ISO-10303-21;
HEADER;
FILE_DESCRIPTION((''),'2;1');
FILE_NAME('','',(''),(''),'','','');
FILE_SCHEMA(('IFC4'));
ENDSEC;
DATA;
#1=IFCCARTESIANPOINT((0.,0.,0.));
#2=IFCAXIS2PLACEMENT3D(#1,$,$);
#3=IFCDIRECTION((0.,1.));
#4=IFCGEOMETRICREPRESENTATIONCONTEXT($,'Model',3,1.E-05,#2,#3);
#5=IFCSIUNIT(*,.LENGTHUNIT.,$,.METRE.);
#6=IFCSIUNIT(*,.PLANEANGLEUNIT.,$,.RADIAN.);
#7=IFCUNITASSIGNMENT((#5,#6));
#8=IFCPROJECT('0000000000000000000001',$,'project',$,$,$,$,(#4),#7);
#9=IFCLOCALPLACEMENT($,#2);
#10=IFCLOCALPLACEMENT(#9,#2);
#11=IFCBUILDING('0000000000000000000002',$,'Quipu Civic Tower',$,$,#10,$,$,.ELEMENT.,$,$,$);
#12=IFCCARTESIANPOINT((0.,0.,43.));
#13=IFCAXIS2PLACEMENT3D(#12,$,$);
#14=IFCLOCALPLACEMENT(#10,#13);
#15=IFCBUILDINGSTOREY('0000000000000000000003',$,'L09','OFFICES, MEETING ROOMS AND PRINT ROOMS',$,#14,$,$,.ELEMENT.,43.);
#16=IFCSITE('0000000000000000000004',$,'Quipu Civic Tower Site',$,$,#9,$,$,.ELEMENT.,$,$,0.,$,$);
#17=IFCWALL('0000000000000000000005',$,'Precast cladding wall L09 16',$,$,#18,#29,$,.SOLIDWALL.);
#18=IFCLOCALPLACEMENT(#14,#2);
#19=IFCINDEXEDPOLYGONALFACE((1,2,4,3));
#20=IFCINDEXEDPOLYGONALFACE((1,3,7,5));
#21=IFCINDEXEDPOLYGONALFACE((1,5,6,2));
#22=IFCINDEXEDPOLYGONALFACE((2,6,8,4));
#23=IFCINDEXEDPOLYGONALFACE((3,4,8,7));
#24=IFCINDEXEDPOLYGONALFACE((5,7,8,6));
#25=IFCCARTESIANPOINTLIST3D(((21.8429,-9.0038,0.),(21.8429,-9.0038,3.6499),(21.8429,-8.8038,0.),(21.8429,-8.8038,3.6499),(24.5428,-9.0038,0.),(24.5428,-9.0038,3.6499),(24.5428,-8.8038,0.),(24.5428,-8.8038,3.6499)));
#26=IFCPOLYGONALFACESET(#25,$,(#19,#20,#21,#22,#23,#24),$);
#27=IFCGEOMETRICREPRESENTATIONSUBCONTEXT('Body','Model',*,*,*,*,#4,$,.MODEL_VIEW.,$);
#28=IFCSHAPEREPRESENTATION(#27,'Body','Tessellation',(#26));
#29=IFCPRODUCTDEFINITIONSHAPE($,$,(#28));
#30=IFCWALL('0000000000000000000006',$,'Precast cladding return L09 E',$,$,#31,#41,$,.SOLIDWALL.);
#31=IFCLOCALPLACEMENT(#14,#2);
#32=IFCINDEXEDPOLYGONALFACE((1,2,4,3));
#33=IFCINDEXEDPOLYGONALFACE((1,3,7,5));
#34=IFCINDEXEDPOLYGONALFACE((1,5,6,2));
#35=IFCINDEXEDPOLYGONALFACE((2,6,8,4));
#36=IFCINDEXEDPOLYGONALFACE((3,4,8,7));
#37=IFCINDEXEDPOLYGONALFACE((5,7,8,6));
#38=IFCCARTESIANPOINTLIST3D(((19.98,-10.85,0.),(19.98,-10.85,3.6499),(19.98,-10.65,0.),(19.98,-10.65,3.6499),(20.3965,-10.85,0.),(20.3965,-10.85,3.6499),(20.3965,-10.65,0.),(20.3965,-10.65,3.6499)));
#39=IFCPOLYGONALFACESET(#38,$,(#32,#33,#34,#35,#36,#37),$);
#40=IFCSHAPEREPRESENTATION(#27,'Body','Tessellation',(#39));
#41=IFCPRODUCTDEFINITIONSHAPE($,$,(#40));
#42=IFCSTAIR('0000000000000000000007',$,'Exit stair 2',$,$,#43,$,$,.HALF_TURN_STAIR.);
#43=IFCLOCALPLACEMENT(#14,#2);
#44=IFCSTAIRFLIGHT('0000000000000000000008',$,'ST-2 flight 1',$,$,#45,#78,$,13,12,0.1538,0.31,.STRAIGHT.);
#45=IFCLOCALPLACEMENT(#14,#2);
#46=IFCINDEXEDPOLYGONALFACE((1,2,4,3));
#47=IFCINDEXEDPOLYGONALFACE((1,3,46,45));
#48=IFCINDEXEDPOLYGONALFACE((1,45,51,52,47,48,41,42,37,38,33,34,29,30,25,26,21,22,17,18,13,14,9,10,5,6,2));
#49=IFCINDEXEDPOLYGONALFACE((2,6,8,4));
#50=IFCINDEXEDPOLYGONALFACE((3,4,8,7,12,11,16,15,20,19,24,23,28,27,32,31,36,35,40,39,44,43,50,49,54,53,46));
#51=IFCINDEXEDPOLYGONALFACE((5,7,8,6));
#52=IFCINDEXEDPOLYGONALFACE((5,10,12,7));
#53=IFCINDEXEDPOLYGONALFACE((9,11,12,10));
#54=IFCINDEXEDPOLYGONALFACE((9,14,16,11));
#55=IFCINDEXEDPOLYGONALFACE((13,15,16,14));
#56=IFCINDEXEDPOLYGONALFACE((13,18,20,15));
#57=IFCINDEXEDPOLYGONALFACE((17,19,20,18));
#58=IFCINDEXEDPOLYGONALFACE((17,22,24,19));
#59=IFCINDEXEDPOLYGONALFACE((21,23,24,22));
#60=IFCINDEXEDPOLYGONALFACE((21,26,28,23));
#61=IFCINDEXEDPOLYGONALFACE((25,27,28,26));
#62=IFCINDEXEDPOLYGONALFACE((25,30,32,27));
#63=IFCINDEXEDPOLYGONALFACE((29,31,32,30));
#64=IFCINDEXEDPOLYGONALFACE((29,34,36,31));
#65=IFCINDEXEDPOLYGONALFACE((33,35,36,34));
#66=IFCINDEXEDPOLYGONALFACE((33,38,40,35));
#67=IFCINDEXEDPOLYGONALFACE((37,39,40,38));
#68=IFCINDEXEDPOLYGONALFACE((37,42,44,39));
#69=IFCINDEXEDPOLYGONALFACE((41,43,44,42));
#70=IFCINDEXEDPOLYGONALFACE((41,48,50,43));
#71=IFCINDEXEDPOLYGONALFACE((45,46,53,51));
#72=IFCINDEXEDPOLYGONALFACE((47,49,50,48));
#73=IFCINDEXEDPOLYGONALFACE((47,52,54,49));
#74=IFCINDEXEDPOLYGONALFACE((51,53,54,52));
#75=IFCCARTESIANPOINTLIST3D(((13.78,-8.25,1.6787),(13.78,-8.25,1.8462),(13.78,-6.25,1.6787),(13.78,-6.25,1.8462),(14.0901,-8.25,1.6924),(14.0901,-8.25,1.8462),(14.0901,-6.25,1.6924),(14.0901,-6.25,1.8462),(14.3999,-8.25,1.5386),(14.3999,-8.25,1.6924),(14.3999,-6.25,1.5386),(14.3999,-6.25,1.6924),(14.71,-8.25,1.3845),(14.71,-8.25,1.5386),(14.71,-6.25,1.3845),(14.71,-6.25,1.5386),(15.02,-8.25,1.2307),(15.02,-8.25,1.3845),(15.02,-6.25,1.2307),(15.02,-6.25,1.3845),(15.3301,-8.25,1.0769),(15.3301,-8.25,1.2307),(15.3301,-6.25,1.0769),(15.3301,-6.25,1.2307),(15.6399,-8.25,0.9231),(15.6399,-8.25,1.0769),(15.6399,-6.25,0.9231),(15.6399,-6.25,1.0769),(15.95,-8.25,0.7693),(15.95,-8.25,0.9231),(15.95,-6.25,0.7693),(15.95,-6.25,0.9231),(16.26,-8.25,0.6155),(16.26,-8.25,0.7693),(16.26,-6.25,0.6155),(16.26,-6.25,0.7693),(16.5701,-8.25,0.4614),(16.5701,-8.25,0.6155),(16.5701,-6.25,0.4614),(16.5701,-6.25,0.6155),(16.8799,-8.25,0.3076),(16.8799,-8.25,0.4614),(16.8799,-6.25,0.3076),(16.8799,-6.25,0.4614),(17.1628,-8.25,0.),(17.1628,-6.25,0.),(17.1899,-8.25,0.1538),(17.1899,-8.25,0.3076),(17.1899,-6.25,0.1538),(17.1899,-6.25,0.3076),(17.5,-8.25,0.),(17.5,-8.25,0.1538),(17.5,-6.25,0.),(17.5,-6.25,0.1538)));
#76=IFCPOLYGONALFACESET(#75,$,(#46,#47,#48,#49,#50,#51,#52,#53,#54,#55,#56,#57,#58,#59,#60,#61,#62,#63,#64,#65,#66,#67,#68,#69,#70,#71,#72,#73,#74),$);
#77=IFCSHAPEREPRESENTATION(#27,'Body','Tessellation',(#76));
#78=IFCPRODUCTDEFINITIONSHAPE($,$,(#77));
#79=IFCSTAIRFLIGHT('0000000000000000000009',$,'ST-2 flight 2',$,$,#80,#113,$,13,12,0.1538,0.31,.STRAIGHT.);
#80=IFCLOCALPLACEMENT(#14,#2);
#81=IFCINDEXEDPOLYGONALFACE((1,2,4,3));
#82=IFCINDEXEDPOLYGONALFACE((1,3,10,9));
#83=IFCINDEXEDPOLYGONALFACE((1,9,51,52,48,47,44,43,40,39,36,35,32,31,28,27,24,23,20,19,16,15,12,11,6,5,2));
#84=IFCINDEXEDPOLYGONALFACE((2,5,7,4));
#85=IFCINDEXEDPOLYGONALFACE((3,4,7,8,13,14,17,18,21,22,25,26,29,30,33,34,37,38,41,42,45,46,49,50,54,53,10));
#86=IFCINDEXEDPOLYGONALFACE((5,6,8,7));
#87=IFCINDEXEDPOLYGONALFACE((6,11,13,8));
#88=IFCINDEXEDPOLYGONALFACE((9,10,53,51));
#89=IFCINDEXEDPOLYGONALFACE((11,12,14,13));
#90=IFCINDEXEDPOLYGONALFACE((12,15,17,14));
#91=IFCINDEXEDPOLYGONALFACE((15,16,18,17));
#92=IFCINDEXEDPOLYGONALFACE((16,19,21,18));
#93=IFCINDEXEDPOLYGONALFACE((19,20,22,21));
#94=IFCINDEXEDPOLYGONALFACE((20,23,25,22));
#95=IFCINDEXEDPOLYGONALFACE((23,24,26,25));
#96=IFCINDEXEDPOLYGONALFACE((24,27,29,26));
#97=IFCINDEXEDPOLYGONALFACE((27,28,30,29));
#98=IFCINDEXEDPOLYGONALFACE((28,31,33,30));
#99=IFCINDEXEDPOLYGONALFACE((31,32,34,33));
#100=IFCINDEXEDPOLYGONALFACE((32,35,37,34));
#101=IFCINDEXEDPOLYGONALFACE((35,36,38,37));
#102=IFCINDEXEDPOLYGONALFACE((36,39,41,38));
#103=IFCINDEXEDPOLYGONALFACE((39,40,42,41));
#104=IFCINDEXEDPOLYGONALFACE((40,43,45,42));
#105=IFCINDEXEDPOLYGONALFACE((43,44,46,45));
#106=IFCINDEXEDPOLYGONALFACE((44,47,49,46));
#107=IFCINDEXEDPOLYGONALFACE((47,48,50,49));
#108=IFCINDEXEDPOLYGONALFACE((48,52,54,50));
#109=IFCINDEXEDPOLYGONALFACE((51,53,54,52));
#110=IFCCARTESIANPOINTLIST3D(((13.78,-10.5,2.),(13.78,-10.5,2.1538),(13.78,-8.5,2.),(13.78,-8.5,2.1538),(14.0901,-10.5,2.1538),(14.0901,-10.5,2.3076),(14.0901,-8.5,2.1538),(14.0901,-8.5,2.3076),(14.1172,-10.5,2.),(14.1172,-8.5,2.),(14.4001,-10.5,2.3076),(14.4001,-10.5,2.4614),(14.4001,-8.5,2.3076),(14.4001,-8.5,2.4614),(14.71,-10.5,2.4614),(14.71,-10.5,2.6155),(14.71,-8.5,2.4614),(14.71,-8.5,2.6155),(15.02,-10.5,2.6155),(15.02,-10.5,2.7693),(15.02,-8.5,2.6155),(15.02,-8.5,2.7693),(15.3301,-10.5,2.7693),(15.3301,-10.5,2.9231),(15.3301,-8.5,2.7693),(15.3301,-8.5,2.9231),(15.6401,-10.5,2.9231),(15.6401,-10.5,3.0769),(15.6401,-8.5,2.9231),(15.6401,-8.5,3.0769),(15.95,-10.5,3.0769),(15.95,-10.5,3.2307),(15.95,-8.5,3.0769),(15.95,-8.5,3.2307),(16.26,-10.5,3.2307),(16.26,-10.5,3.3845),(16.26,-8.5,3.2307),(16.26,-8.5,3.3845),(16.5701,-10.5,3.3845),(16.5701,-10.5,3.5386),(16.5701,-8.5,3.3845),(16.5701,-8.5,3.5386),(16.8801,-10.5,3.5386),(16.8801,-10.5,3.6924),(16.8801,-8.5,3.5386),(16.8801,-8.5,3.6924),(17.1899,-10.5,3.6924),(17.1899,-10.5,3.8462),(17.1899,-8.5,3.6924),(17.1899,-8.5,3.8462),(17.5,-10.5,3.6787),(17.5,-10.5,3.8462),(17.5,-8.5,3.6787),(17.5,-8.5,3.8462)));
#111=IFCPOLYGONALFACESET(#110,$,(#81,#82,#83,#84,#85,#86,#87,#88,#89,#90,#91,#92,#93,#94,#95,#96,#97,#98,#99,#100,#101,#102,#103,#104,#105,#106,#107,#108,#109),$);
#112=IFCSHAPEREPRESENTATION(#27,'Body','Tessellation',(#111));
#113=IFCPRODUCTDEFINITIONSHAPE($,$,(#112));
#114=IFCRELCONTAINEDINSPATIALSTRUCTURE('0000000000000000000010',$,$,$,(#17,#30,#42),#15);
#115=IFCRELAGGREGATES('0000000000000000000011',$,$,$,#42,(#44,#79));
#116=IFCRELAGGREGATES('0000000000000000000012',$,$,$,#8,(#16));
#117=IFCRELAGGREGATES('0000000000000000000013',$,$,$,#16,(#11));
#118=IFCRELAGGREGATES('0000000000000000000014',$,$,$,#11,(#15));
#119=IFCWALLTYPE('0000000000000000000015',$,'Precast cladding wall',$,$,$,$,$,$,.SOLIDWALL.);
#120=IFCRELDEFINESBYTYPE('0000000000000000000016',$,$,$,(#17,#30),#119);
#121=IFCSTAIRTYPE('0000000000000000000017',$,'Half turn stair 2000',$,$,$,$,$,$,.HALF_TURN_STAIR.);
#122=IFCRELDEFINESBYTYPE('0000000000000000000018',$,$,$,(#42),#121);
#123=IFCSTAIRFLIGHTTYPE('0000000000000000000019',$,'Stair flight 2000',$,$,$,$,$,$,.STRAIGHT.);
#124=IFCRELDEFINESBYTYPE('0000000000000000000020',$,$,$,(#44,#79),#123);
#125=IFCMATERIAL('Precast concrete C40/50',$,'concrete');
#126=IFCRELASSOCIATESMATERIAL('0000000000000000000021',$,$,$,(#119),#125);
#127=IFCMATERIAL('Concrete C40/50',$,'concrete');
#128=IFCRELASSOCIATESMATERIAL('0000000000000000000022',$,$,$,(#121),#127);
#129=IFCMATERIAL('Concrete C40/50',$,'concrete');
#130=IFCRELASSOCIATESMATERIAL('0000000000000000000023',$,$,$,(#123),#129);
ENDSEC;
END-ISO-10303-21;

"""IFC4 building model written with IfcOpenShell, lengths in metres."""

from ifc_helpers import new_model, si_unit, direction, frame, frame_2d, origin, place, context, subcontext, project, spatial, polyline, rectangle, outline, extrude, material, type_object, element, aggregate, save


model = new_model("IFC4")

# Units and contexts
model_context = context("Model", 3, precision=1e-05, world=origin(), true_north=direction((0.0, 1.0)))
body_context = subcontext(model_context, "Body", "Model", "MODEL_VIEW")
ifc_project = project(units=[si_unit("LENGTHUNIT", "METRE"), si_unit("PLANEANGLEUNIT", "RADIAN")], contexts=[model_context])

# Site, building, storey
site_placement = place(None, origin())
site = spatial("IfcSite", under=ifc_project, at=site_placement, Name="Quipu Civic Tower Site", CompositionType="ELEMENT", RefElevation=0.0)
building_placement = place(site_placement, origin())
building = spatial("IfcBuilding", under=site, at=building_placement, Name="Quipu Civic Tower", CompositionType="ELEMENT")
storey_placement = place(building_placement, frame((0.0, 0.0, 43.0)))
storey = spatial("IfcBuildingStorey", under=building, at=storey_placement, Name="L09", Description="OFFICES, MEETING ROOMS AND PRINT ROOMS", CompositionType="ELEMENT", Elevation=43.0)

# Walls
ifc_material_1 = material(Name="Precast concrete C40/50", Category="concrete")
wall_type_1 = type_object("IfcWallType", Name="Precast cladding wall", PredefinedType="SOLIDWALL", material=ifc_material_1)
wall_1_placement = place(storey_placement, frame((21.8428, -8.9038, 0.0), z_axis=(0.0, 0.0, 1.0), x_axis=(1.0, 0.0, 0.0)))
element("IfcWall", 1, at=wall_1_placement, inside=storey, type_object=wall_type_1, Name="Precast cladding wall L09 16", PredefinedType="SOLIDWALL", context=body_context, shape_type="SweptSolid", body=[
    extrude(rectangle(XDim=2.7, YDim=0.2, at=frame_2d((1.3501, 0.0))), origin(), (0.0, 0.0, 1.0), 3.6499),
])
wall_2_placement = place(storey_placement, frame((19.98, -10.75, 0.0), z_axis=(0.0, 0.0, 1.0), x_axis=(1.0, 0.0, 0.0)))
element("IfcWall", 2, at=wall_2_placement, inside=storey, type_object=wall_type_1, Name="Precast cladding return L09 E", PredefinedType="SOLIDWALL", context=body_context, shape_type="SweptSolid", body=[
    extrude(rectangle(XDim=0.4165, YDim=0.2, at=frame_2d((0.2083, 0.0))), origin(), (0.0, 0.0, 1.0), 3.6499),
])

# Stair, stair flights
ifc_material_2 = material(Name="Concrete C40/50", Category="concrete")
stair_type = type_object("IfcStairType", Name="Half turn stair 2000", PredefinedType="HALF_TURN_STAIR", material=ifc_material_2)
stair_placement = place(storey_placement, origin())
stair = element("IfcStair", 3, at=stair_placement, inside=storey, type_object=stair_type, Name="Exit stair 2", PredefinedType="HALF_TURN_STAIR")
ifc_material_3 = material(Name="Concrete C40/50", Category="concrete")
stair_flight_type = type_object("IfcStairFlightType", Name="Stair flight 2000", PredefinedType="STRAIGHT", material=ifc_material_3)
stair_flight_1_placement = place(storey_placement, frame((17.5, -7.25, 0.0), z_axis=(0.0, 0.0, 1.0), x_axis=(-1.0, 0.0, 0.0)))
stair_flight_1 = element("IfcStairFlight", 4, at=stair_flight_1_placement, type_object=stair_flight_type, Name="ST-2 flight 1", NumberOfRisers=13, NumberOfTreads=12, PredefinedType="STRAIGHT", RiserHeight=0.1538, TreadLength=0.31, context=body_context, shape_type="SweptSolid", body=[
    extrude(outline(polyline([(0.0, 0.0), (0.0, 0.1538), (0.3101, 0.1538), (0.3101, 0.3076), (0.6201, 0.3076), (0.6201, 0.4614), (0.9299, 0.4614), (0.9299, 0.6155), (1.24, 0.6155), (1.24, 0.7693), (1.55, 0.7693), (1.55, 0.9231), (1.8601, 0.9231), (1.8601, 1.0769), (2.1699, 1.0769), (2.1699, 1.2307), (2.48, 1.2307), (2.48, 1.3845), (2.79, 1.3845), (2.79, 1.5386), (3.1001, 1.5386), (3.1001, 1.6924), (3.4099, 1.6924), (3.4099, 1.8462), (3.72, 1.8462), (3.72, 2.0), (3.72, 1.6787), (0.3372, 0.0), (0.0, 0.0)])), frame((0.0, 1.0, 0.0), z_axis=(0.0, -1.0, 0.0), x_axis=(1.0, 0.0, 0.0)), (0.0, 0.0, 1.0), 2.0),
])
stair_flight_2_placement = place(storey_placement, frame((13.78, -9.5, 2.0), z_axis=(0.0, 0.0, 1.0), x_axis=(1.0, 0.0, 0.0)))
stair_flight_2 = element("IfcStairFlight", 5, at=stair_flight_2_placement, type_object=stair_flight_type, Name="ST-2 flight 2", NumberOfRisers=13, NumberOfTreads=12, PredefinedType="STRAIGHT", RiserHeight=0.1538, TreadLength=0.31, context=body_context, shape_type="SweptSolid", body=[
    extrude(outline(polyline([(0.0, 0.0), (0.0, 0.1538), (0.3101, 0.1538), (0.3101, 0.3076), (0.6201, 0.3076), (0.6201, 0.4614), (0.9299, 0.4614), (0.9299, 0.6155), (1.24, 0.6155), (1.24, 0.7693), (1.55, 0.7693), (1.55, 0.9231), (1.8601, 0.9231), (1.8601, 1.0769), (2.1699, 1.0769), (2.1699, 1.2307), (2.48, 1.2307), (2.48, 1.3845), (2.79, 1.3845), (2.79, 1.5386), (3.1001, 1.5386), (3.1001, 1.6924), (3.4099, 1.6924), (3.4099, 1.8462), (3.72, 1.8462), (3.72, 2.0), (3.72, 1.6787), (0.3372, 0.0), (0.0, 0.0)])), frame((0.0, 1.0, 0.0), z_axis=(0.0, -1.0, 0.0), x_axis=(1.0, 0.0, 0.0)), (0.0, 0.0, 1.0), 2.0),
])
aggregate(stair, [stair_flight_1, stair_flight_2])

save(model, "model.ifc")
